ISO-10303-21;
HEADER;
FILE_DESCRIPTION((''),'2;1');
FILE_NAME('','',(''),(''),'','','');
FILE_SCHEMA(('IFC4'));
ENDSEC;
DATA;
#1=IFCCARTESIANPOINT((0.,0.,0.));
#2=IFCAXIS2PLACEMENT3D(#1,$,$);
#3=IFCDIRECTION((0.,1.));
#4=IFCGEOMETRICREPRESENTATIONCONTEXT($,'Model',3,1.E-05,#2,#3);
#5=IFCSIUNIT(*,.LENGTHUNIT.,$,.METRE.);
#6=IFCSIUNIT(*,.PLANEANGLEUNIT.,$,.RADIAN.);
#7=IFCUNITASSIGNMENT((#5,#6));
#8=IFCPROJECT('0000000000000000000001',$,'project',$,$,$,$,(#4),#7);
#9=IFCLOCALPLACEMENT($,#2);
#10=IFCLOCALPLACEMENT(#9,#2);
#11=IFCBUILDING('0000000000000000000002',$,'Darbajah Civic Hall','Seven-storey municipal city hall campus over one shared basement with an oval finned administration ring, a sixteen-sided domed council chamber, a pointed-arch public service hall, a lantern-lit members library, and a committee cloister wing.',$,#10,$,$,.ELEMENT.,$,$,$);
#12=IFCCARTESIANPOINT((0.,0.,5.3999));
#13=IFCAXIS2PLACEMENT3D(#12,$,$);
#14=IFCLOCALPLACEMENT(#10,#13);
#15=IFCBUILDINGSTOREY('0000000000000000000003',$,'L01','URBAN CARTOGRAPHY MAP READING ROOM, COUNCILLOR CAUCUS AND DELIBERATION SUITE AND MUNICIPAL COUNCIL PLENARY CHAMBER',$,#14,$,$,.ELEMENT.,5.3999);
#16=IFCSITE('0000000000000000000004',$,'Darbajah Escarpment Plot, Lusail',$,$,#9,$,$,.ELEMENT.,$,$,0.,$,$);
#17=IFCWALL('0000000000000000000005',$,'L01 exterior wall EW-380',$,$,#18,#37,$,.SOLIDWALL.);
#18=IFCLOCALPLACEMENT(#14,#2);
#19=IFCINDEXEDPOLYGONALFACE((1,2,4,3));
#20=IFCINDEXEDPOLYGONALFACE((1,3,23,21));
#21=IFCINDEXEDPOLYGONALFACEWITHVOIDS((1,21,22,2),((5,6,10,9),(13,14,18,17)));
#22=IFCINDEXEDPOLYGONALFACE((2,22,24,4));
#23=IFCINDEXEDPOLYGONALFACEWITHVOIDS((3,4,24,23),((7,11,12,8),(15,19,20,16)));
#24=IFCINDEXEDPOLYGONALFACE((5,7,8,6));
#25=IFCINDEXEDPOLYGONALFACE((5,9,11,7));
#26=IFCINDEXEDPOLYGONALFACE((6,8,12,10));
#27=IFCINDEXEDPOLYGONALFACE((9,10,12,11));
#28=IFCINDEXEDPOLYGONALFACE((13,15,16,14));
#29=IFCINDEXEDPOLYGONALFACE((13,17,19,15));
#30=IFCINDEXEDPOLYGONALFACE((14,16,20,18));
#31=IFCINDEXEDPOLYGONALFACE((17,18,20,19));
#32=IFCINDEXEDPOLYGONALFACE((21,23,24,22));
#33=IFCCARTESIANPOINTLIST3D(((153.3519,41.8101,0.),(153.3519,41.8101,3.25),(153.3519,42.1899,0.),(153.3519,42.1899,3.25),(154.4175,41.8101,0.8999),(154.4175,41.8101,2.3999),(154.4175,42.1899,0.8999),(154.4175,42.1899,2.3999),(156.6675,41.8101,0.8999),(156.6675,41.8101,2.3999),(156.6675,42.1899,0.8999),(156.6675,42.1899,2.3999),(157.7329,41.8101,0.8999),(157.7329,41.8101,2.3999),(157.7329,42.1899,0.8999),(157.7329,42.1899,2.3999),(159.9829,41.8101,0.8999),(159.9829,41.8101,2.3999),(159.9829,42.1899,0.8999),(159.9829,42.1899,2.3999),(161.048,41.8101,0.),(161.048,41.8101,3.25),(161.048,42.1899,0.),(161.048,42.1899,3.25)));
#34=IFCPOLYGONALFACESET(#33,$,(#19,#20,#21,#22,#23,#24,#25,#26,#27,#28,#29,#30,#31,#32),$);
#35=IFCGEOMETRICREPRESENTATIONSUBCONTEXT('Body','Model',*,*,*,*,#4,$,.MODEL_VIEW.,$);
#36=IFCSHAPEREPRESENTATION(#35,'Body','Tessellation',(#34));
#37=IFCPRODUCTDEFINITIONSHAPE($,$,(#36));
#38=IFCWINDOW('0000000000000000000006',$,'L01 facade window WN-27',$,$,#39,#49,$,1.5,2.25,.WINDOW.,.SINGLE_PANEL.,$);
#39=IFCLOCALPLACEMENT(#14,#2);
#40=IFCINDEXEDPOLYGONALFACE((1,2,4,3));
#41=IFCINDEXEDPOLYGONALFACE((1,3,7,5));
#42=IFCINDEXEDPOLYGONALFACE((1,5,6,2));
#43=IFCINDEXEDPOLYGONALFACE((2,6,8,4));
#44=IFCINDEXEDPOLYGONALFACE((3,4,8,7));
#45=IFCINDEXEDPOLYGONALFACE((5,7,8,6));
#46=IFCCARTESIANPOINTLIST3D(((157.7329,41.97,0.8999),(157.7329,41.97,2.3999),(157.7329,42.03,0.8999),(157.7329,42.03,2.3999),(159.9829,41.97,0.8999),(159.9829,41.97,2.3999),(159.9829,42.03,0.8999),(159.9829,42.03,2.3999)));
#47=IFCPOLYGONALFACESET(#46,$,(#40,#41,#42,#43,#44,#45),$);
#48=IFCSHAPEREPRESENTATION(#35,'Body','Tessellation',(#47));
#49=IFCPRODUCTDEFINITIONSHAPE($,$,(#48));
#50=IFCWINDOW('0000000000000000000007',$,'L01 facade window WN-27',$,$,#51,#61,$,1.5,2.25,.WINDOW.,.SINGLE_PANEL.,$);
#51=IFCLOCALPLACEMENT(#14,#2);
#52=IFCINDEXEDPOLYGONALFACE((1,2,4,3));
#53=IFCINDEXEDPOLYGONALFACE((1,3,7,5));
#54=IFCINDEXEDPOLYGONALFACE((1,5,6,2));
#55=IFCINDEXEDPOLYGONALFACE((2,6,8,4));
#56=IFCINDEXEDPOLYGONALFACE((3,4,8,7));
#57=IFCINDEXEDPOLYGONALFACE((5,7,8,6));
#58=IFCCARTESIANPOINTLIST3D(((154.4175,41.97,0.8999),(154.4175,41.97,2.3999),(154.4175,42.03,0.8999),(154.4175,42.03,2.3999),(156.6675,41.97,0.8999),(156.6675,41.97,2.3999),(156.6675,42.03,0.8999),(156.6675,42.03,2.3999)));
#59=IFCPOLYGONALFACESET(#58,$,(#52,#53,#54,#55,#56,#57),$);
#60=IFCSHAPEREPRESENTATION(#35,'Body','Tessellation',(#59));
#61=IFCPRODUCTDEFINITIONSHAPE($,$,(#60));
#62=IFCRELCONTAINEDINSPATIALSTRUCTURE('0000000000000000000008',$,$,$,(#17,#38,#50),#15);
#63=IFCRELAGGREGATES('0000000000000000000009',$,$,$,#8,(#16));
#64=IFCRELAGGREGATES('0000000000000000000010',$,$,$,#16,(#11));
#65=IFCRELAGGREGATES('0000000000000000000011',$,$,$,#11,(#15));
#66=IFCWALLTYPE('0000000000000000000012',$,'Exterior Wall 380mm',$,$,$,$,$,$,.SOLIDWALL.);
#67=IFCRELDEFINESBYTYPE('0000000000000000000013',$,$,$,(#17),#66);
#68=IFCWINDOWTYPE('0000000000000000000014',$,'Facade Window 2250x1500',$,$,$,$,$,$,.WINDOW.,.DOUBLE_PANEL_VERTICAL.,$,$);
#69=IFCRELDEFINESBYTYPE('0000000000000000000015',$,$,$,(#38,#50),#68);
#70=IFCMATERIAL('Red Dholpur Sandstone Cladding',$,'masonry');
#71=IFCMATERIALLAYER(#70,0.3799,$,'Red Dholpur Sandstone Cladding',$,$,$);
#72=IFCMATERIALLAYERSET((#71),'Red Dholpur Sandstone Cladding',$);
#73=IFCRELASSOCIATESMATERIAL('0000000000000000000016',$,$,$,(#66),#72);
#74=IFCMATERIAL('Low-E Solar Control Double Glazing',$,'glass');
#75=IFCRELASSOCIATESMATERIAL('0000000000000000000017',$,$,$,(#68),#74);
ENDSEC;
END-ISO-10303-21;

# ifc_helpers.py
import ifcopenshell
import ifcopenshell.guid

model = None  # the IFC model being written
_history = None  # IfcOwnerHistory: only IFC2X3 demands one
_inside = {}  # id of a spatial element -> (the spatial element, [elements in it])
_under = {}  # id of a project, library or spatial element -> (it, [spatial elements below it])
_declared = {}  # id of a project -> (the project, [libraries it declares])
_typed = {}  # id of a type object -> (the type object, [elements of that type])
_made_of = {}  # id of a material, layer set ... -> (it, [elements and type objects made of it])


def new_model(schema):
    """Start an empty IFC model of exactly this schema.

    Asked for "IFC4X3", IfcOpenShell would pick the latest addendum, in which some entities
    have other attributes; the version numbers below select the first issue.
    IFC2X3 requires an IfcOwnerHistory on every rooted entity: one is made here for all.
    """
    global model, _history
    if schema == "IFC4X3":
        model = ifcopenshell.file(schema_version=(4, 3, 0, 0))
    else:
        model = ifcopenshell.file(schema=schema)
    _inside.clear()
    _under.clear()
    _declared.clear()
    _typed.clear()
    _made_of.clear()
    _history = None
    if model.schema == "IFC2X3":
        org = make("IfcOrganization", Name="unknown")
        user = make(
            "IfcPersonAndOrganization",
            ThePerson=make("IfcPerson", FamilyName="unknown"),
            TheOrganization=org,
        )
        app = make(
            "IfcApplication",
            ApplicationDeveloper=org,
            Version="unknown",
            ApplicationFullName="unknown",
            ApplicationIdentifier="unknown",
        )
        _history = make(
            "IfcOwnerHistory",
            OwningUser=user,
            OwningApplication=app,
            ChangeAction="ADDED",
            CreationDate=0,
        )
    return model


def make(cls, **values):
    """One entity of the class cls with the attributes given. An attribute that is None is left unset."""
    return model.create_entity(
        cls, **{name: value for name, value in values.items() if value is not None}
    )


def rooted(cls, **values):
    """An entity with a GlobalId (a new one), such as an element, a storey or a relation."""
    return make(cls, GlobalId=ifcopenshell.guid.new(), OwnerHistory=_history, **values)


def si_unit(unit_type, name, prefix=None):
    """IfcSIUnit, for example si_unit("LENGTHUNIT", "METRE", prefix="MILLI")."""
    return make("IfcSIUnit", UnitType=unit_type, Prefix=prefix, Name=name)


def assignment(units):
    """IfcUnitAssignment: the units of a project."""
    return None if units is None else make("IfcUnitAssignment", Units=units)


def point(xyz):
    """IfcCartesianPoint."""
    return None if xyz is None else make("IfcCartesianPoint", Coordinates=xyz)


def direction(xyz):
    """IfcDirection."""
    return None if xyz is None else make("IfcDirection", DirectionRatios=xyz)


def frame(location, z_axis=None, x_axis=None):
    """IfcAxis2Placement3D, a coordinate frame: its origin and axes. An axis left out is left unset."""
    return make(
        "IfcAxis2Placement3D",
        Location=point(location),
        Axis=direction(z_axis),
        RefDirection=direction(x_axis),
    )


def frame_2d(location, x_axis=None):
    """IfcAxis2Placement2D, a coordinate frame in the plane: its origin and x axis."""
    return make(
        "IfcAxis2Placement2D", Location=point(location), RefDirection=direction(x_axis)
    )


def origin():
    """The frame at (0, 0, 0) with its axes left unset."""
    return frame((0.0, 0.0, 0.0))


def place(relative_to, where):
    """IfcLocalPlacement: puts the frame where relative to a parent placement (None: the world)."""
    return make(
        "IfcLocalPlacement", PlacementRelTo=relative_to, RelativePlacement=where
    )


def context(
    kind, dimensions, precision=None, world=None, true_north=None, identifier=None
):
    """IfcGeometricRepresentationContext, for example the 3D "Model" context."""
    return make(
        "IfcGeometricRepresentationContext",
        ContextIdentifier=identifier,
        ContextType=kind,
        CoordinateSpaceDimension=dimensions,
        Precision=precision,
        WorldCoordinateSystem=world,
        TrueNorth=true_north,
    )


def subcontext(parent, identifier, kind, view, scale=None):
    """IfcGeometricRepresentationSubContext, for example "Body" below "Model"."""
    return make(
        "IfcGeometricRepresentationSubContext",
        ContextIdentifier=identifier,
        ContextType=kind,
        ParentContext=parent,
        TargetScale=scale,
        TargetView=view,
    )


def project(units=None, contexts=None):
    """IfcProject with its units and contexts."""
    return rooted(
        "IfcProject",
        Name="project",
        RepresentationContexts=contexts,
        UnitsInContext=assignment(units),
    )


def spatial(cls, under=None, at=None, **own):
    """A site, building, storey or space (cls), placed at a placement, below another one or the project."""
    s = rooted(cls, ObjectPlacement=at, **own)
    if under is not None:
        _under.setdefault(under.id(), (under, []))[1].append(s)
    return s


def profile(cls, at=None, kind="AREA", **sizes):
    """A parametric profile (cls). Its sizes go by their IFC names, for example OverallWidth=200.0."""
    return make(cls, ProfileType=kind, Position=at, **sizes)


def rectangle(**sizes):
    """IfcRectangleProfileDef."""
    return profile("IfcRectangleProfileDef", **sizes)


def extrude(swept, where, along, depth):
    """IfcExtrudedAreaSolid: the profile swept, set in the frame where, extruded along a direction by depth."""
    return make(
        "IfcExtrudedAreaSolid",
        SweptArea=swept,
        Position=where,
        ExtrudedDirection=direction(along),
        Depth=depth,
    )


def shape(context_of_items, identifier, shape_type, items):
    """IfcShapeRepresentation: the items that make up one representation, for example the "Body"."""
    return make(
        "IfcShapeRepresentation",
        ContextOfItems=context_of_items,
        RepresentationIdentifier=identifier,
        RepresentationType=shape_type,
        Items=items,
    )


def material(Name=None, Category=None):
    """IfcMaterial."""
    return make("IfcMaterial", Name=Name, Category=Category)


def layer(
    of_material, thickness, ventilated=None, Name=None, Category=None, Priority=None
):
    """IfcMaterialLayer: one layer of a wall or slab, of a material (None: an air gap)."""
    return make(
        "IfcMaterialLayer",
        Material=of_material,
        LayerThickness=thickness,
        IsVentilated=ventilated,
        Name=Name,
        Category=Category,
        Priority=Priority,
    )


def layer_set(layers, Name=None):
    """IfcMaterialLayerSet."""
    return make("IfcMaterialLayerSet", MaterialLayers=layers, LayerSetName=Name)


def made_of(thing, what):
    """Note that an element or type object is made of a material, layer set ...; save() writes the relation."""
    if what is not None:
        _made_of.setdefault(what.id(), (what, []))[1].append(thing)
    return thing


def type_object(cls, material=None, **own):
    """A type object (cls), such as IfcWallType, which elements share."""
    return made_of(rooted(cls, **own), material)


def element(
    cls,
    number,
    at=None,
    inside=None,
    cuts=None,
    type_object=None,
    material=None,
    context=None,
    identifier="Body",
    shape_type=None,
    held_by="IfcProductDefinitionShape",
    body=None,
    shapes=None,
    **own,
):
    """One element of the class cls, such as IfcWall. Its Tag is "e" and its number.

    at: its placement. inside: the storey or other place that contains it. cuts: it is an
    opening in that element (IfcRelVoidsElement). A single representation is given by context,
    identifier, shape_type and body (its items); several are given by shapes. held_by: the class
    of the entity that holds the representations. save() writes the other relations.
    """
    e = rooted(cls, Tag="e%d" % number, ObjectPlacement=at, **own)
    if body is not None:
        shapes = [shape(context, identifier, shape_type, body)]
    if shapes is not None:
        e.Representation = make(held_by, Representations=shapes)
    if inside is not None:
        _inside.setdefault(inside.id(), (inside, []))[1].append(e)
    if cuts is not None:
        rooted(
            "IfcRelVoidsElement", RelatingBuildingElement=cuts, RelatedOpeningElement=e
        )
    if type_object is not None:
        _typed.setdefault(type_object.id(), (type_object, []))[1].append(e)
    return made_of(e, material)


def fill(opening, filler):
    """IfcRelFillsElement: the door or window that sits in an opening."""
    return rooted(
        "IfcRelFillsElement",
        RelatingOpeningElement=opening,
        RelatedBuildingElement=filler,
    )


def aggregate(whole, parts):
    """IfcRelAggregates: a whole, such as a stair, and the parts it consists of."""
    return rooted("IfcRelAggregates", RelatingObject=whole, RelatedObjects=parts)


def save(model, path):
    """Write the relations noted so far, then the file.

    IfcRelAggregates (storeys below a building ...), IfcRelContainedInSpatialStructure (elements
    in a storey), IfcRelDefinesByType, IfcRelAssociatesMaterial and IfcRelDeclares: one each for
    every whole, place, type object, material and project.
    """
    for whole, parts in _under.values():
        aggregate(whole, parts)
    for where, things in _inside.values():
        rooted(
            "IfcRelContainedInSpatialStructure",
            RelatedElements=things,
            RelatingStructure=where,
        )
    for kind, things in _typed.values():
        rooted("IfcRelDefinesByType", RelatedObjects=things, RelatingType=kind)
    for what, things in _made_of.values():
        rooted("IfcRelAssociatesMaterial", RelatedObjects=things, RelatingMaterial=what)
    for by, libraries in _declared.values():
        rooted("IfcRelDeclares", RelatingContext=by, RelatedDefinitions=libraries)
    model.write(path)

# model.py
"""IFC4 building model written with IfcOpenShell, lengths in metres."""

from ifc_helpers import new_model, si_unit, direction, frame, frame_2d, origin, place, context, subcontext, project, spatial, rectangle, extrude, material, layer, layer_set, type_object, element, fill, save


model = new_model("IFC4")

# Units and contexts
model_context = context("Model", 3, precision=1e-05, world=origin(), true_north=direction((0.0, 1.0)))
body_context = subcontext(model_context, "Body", "Model", "MODEL_VIEW")
ifc_project = project(units=[si_unit("LENGTHUNIT", "METRE"), si_unit("PLANEANGLEUNIT", "RADIAN")], contexts=[model_context])

# Site, building, storey
site_placement = place(None, origin())
site = spatial("IfcSite", under=ifc_project, at=site_placement, Name="Darbajah Escarpment Plot, Lusail", CompositionType="ELEMENT", RefElevation=0.0)
building_placement = place(site_placement, origin())
building = spatial("IfcBuilding", under=site, at=building_placement, Name="Darbajah Civic Hall", Description="Seven-storey municipal city hall campus over one shared basement with an oval finned administration ring, a sixteen-sided domed council chamber, a pointed-arch public service hall, a lantern-lit members library, and a committee cloister wing.", CompositionType="ELEMENT")
storey_placement = place(building_placement, frame((0.0, 0.0, 5.3999)))
storey = spatial("IfcBuildingStorey", under=building, at=storey_placement, Name="L01", Description="URBAN CARTOGRAPHY MAP READING ROOM, COUNCILLOR CAUCUS AND DELIBERATION SUITE AND MUNICIPAL COUNCIL PLENARY CHAMBER", CompositionType="ELEMENT", Elevation=5.3999)

# Wall, openings, windows
ifc_material_1 = material(Name="Red Dholpur Sandstone Cladding", Category="masonry")
ifc_layer_1 = layer(ifc_material_1, 0.3799, Name="Red Dholpur Sandstone Cladding")
ifc_layer_set_1 = layer_set([ifc_layer_1], Name="Red Dholpur Sandstone Cladding")
wall_type_1 = type_object("IfcWallType", Name="Exterior Wall 380mm", PredefinedType="SOLIDWALL", material=ifc_layer_set_1)
ifc_material_2 = material(Name="Low-E Solar Control Double Glazing", Category="glass")
wall_1_placement = place(storey_placement, frame((161.0481, 42.0, 0.0), z_axis=(0.0, 0.0, 1.0), x_axis=(-1.0, 0.0, 0.0)))
wall_1 = element("IfcWall", 1, at=wall_1_placement, inside=storey, type_object=wall_type_1, Name="L01 exterior wall EW-380", PredefinedType="SOLIDWALL", context=body_context, shape_type="SweptSolid", body=[
    extrude(rectangle(XDim=7.696, YDim=0.3799, at=frame_2d((3.8481, 0.0))), origin(), (0.0, 0.0, 1.0), 3.25),
])
opening_1_placement = place(wall_1_placement, frame((1.0652, 0.0, 0.8999)))
opening_1 = element("IfcOpeningElement", 2, at=opening_1_placement, cuts=wall_1, PredefinedType="OPENING", context=body_context, shape_type="SweptSolid", body=[
    extrude(rectangle(XDim=2.25, YDim=1.5, at=frame_2d((1.125, 0.75))), frame((0.0, 0.2, 0.0), z_axis=(0.0, -1.0, 0.0), x_axis=(1.0, 0.0, 0.0)), (0.0, 0.0, 1.0), 0.3999),
])
opening_2_placement = place(wall_1_placement, frame((4.3806, 0.0, 0.8999)))
opening_2 = element("IfcOpeningElement", 3, at=opening_2_placement, cuts=wall_1, PredefinedType="OPENING", context=body_context, shape_type="SweptSolid", body=[
    extrude(rectangle(XDim=2.25, YDim=1.5, at=frame_2d((1.125, 0.75))), frame((0.0, 0.2, 0.0), z_axis=(0.0, -1.0, 0.0), x_axis=(1.0, 0.0, 0.0)), (0.0, 0.0, 1.0), 0.3999),
])
window_type_1 = type_object("IfcWindowType", Name="Facade Window 2250x1500", PartitioningType="DOUBLE_PANEL_VERTICAL", PredefinedType="WINDOW", material=ifc_material_2)
window_1_placement = place(opening_1_placement, origin())
window_1 = element("IfcWindow", 4, at=window_1_placement, inside=storey, type_object=window_type_1, Name="L01 facade window WN-27", OverallHeight=1.5, OverallWidth=2.25, PartitioningType="SINGLE_PANEL", PredefinedType="WINDOW", context=body_context, shape_type="SweptSolid", body=[
    extrude(rectangle(XDim=2.25, YDim=1.5, at=frame_2d((1.125, 0.75))), frame((0.0, 0.03, 0.0), z_axis=(0.0, -1.0, 0.0), x_axis=(1.0, 0.0, 0.0)), (0.0, 0.0, 1.0), 0.0601),
])
fill(opening_1, window_1)
window_2_placement = place(opening_2_placement, origin())
window_2 = element("IfcWindow", 5, at=window_2_placement, inside=storey, type_object=window_type_1, Name="L01 facade window WN-27", OverallHeight=1.5, OverallWidth=2.25, PartitioningType="SINGLE_PANEL", PredefinedType="WINDOW", context=body_context, shape_type="SweptSolid", body=[
    extrude(rectangle(XDim=2.25, YDim=1.5, at=frame_2d((1.125, 0.75))), frame((0.0, 0.03, 0.0), z_axis=(0.0, -1.0, 0.0), x_axis=(1.0, 0.0, 0.0)), (0.0, 0.0, 1.0), 0.0601),
])
fill(opening_2, window_2)

save(model, "model.ifc")
